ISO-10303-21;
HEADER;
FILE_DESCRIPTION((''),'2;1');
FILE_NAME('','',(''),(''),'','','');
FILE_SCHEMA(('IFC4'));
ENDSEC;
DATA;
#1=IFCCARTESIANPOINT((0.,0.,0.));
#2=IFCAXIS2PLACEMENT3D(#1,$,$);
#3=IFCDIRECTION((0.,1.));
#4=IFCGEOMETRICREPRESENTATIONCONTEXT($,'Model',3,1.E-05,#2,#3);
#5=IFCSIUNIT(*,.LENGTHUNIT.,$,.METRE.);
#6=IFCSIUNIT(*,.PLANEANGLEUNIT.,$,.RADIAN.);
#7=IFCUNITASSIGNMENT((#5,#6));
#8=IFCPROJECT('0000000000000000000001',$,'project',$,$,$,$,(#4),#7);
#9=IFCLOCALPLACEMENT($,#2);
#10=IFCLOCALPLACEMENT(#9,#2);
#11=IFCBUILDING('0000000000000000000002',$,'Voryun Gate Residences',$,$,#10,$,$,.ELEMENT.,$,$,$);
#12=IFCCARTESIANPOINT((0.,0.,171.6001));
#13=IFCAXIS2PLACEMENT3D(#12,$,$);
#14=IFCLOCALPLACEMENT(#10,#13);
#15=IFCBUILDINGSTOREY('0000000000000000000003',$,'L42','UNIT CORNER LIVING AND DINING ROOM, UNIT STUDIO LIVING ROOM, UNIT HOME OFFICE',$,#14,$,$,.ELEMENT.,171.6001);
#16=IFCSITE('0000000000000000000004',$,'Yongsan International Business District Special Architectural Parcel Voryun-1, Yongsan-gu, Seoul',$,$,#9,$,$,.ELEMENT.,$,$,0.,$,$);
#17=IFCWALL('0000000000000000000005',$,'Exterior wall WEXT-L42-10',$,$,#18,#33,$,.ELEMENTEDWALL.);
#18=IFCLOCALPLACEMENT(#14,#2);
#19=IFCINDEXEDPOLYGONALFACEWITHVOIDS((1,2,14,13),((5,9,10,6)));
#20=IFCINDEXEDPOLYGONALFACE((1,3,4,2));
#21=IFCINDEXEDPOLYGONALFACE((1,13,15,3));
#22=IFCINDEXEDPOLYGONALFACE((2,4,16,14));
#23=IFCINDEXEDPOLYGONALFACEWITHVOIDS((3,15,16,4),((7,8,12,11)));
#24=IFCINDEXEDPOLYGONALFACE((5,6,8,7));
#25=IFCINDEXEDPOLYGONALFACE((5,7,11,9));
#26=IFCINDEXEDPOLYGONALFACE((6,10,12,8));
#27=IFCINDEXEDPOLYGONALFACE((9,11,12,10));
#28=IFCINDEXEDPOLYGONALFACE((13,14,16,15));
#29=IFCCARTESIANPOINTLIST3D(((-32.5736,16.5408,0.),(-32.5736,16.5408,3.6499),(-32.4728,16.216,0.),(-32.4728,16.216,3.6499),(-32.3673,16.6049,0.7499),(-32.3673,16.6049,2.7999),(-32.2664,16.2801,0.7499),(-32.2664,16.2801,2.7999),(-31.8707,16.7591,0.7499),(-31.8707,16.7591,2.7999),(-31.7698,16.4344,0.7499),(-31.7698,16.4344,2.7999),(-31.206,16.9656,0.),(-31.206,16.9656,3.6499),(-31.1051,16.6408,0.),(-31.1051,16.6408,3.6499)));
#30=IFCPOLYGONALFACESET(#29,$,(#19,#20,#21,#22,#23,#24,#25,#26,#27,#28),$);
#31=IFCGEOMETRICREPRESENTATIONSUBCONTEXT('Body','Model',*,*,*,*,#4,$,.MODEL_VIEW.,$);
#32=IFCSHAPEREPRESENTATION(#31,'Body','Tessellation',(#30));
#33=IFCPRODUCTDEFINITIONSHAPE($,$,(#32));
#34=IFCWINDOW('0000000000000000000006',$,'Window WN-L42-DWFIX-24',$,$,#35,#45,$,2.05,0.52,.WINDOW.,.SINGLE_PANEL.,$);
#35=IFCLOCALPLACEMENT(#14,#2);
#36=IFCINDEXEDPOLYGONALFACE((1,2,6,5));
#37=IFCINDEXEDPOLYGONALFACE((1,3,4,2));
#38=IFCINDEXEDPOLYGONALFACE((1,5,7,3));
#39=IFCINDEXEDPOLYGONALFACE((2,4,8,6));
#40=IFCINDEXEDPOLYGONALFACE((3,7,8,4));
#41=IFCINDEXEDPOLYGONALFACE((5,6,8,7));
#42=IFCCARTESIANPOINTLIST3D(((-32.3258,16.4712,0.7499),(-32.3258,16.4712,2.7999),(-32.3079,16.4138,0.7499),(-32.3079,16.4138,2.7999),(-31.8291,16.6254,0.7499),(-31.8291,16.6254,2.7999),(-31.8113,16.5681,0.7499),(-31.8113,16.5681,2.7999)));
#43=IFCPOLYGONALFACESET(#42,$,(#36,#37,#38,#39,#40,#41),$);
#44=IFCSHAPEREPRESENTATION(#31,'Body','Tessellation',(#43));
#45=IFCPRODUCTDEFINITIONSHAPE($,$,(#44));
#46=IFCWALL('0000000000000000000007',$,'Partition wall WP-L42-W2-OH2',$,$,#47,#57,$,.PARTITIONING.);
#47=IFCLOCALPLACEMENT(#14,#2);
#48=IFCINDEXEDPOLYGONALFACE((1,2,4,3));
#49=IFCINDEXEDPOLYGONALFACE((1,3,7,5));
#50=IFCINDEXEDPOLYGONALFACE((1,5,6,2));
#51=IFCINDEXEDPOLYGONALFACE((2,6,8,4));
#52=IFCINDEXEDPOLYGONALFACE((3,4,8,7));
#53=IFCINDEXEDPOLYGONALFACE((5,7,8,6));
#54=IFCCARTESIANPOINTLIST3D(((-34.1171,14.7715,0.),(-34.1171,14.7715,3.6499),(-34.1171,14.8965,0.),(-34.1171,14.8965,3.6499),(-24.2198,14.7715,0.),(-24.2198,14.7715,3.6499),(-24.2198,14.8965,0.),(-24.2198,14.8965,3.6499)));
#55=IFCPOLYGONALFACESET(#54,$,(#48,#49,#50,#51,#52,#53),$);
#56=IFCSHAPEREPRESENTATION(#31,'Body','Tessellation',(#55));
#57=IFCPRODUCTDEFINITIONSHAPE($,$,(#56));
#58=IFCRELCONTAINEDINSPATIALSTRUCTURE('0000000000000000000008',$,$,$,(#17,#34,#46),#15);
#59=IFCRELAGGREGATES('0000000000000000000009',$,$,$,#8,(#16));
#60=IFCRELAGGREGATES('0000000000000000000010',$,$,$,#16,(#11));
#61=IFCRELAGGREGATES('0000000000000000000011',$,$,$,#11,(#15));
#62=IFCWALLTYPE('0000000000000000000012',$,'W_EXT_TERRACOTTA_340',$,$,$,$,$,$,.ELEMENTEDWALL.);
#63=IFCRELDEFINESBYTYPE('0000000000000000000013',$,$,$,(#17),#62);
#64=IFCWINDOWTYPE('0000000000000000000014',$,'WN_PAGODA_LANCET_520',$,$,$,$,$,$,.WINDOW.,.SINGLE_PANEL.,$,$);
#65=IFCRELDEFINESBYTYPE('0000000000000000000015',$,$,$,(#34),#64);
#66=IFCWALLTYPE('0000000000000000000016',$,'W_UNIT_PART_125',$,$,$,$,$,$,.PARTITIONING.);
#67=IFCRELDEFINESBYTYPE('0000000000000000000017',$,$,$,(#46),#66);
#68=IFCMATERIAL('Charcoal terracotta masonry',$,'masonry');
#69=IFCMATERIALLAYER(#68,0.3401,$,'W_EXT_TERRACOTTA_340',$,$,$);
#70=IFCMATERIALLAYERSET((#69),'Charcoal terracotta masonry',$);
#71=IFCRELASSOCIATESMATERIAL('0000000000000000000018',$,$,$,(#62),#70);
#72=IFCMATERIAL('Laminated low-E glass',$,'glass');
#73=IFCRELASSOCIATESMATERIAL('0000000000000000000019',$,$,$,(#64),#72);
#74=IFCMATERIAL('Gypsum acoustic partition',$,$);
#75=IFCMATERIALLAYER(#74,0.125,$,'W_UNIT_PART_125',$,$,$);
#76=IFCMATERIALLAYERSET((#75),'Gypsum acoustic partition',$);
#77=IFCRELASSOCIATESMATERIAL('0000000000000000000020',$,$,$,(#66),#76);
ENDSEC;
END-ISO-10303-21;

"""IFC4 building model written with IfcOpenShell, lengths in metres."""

from ifc_helpers import new_model, si_unit, direction, frame, frame_2d, origin, place, context, subcontext, project, spatial, rectangle, extrude, material, layer, layer_set, type_object, element, fill, save


model = new_model("IFC4")

# Units and contexts
model_context = context("Model", 3, precision=1e-05, world=origin(), true_north=direction((0.0, 1.0)))
body_context = subcontext(model_context, "Body", "Model", "MODEL_VIEW")
ifc_project = project(units=[si_unit("LENGTHUNIT", "METRE"), si_unit("PLANEANGLEUNIT", "RADIAN")], contexts=[model_context])

# Site, building, storey
site_placement = place(None, origin())
site = spatial("IfcSite", under=ifc_project, at=site_placement, Name="Yongsan International Business District Special Architectural Parcel Voryun-1, Yongsan-gu, Seoul", CompositionType="ELEMENT", RefElevation=0.0)
building_placement = place(site_placement, origin())
building = spatial("IfcBuilding", under=site, at=building_placement, Name="Voryun Gate Residences", CompositionType="ELEMENT")
storey_placement = place(building_placement, frame((0.0, 0.0, 171.6001)))
storey = spatial("IfcBuildingStorey", under=building, at=storey_placement, Name="L42", Description="UNIT CORNER LIVING AND DINING ROOM, UNIT STUDIO LIVING ROOM, UNIT HOME OFFICE", CompositionType="ELEMENT", Elevation=171.6001)

# Shared definitions
ifc_material_1 = material(Name="Charcoal terracotta masonry", Category="masonry")
ifc_layer_1 = layer(ifc_material_1, 0.3401, Name="W_EXT_TERRACOTTA_340")
ifc_layer_set_1 = layer_set([ifc_layer_1], Name="Charcoal terracotta masonry")
wall_type_1 = type_object("IfcWallType", Name="W_EXT_TERRACOTTA_340", PredefinedType="ELEMENTEDWALL", material=ifc_layer_set_1)

# Wall, opening, window
wall_1_placement = place(storey_placement, frame((-32.5232, 16.3784, 0.0), z_axis=(0.0, 0.0, 1.0), x_axis=(0.954994, 0.296624, 0.0)))
wall_1 = element("IfcWall", 1, at=wall_1_placement, inside=storey, type_object=wall_type_1, Name="Exterior wall WEXT-L42-10", PredefinedType="ELEMENTEDWALL", context=body_context, shape_type="SweptSolid", body=[
    extrude(rectangle(XDim=1.4321, YDim=0.3401, at=frame_2d((0.7161, 0.0))), origin(), (0.0, 0.0, 1.0), 3.6499),
])
opening_placement = place(wall_1_placement, frame((0.2161, 0.0, 0.75)))
opening = element("IfcOpeningElement", 2, at=opening_placement, cuts=wall_1, PredefinedType="OPENING", context=body_context, shape_type="SweptSolid", body=[
    extrude(rectangle(XDim=0.52, YDim=2.05, at=frame_2d((0.26, 1.0249))), frame((0.0, 0.1799, 0.0), z_axis=(0.0, -1.0, 0.0), x_axis=(1.0, 0.0, 0.0)), (0.0, 0.0, 1.0), 0.3601),
])
ifc_material_2 = material(Name="Laminated low-E glass", Category="glass")
window_type = type_object("IfcWindowType", Name="WN_PAGODA_LANCET_520", PartitioningType="SINGLE_PANEL", PredefinedType="WINDOW", material=ifc_material_2)
window_placement = place(opening_placement, origin())
window = element("IfcWindow", 3, at=window_placement, inside=storey, type_object=window_type, Name="Window WN-L42-DWFIX-24", OverallHeight=2.05, OverallWidth=0.52, PartitioningType="SINGLE_PANEL", PredefinedType="WINDOW", context=body_context, shape_type="SweptSolid", body=[
    extrude(rectangle(XDim=0.52, YDim=2.05, at=frame_2d((0.26, 1.0249))), frame((0.0, 0.03, 0.0), z_axis=(0.0, -1.0, 0.0), x_axis=(1.0, 0.0, 0.0)), (0.0, 0.0, 1.0), 0.0601),
])
fill(opening, window)

# Wall
ifc_material_3 = material(Name="Gypsum acoustic partition")
ifc_layer_2 = layer(ifc_material_3, 0.125, Name="W_UNIT_PART_125")
ifc_layer_set_2 = layer_set([ifc_layer_2], Name="Gypsum acoustic partition")
wall_type_2 = type_object("IfcWallType", Name="W_UNIT_PART_125", PredefinedType="PARTITIONING", material=ifc_layer_set_2)
wall_2_placement = place(storey_placement, frame((-34.1172, 14.834, 0.0), z_axis=(0.0, 0.0, 1.0), x_axis=(1.0, 0.0, 0.0)))
element("IfcWall", 4, at=wall_2_placement, inside=storey, type_object=wall_type_2, Name="Partition wall WP-L42-W2-OH2", PredefinedType="PARTITIONING", context=body_context, shape_type="SweptSolid", body=[
    extrude(rectangle(XDim=9.8972, YDim=0.125, at=frame_2d((4.9487, 0.0))), origin(), (0.0, 0.0, 1.0), 3.6499),
])

save(model, "model.ifc")
